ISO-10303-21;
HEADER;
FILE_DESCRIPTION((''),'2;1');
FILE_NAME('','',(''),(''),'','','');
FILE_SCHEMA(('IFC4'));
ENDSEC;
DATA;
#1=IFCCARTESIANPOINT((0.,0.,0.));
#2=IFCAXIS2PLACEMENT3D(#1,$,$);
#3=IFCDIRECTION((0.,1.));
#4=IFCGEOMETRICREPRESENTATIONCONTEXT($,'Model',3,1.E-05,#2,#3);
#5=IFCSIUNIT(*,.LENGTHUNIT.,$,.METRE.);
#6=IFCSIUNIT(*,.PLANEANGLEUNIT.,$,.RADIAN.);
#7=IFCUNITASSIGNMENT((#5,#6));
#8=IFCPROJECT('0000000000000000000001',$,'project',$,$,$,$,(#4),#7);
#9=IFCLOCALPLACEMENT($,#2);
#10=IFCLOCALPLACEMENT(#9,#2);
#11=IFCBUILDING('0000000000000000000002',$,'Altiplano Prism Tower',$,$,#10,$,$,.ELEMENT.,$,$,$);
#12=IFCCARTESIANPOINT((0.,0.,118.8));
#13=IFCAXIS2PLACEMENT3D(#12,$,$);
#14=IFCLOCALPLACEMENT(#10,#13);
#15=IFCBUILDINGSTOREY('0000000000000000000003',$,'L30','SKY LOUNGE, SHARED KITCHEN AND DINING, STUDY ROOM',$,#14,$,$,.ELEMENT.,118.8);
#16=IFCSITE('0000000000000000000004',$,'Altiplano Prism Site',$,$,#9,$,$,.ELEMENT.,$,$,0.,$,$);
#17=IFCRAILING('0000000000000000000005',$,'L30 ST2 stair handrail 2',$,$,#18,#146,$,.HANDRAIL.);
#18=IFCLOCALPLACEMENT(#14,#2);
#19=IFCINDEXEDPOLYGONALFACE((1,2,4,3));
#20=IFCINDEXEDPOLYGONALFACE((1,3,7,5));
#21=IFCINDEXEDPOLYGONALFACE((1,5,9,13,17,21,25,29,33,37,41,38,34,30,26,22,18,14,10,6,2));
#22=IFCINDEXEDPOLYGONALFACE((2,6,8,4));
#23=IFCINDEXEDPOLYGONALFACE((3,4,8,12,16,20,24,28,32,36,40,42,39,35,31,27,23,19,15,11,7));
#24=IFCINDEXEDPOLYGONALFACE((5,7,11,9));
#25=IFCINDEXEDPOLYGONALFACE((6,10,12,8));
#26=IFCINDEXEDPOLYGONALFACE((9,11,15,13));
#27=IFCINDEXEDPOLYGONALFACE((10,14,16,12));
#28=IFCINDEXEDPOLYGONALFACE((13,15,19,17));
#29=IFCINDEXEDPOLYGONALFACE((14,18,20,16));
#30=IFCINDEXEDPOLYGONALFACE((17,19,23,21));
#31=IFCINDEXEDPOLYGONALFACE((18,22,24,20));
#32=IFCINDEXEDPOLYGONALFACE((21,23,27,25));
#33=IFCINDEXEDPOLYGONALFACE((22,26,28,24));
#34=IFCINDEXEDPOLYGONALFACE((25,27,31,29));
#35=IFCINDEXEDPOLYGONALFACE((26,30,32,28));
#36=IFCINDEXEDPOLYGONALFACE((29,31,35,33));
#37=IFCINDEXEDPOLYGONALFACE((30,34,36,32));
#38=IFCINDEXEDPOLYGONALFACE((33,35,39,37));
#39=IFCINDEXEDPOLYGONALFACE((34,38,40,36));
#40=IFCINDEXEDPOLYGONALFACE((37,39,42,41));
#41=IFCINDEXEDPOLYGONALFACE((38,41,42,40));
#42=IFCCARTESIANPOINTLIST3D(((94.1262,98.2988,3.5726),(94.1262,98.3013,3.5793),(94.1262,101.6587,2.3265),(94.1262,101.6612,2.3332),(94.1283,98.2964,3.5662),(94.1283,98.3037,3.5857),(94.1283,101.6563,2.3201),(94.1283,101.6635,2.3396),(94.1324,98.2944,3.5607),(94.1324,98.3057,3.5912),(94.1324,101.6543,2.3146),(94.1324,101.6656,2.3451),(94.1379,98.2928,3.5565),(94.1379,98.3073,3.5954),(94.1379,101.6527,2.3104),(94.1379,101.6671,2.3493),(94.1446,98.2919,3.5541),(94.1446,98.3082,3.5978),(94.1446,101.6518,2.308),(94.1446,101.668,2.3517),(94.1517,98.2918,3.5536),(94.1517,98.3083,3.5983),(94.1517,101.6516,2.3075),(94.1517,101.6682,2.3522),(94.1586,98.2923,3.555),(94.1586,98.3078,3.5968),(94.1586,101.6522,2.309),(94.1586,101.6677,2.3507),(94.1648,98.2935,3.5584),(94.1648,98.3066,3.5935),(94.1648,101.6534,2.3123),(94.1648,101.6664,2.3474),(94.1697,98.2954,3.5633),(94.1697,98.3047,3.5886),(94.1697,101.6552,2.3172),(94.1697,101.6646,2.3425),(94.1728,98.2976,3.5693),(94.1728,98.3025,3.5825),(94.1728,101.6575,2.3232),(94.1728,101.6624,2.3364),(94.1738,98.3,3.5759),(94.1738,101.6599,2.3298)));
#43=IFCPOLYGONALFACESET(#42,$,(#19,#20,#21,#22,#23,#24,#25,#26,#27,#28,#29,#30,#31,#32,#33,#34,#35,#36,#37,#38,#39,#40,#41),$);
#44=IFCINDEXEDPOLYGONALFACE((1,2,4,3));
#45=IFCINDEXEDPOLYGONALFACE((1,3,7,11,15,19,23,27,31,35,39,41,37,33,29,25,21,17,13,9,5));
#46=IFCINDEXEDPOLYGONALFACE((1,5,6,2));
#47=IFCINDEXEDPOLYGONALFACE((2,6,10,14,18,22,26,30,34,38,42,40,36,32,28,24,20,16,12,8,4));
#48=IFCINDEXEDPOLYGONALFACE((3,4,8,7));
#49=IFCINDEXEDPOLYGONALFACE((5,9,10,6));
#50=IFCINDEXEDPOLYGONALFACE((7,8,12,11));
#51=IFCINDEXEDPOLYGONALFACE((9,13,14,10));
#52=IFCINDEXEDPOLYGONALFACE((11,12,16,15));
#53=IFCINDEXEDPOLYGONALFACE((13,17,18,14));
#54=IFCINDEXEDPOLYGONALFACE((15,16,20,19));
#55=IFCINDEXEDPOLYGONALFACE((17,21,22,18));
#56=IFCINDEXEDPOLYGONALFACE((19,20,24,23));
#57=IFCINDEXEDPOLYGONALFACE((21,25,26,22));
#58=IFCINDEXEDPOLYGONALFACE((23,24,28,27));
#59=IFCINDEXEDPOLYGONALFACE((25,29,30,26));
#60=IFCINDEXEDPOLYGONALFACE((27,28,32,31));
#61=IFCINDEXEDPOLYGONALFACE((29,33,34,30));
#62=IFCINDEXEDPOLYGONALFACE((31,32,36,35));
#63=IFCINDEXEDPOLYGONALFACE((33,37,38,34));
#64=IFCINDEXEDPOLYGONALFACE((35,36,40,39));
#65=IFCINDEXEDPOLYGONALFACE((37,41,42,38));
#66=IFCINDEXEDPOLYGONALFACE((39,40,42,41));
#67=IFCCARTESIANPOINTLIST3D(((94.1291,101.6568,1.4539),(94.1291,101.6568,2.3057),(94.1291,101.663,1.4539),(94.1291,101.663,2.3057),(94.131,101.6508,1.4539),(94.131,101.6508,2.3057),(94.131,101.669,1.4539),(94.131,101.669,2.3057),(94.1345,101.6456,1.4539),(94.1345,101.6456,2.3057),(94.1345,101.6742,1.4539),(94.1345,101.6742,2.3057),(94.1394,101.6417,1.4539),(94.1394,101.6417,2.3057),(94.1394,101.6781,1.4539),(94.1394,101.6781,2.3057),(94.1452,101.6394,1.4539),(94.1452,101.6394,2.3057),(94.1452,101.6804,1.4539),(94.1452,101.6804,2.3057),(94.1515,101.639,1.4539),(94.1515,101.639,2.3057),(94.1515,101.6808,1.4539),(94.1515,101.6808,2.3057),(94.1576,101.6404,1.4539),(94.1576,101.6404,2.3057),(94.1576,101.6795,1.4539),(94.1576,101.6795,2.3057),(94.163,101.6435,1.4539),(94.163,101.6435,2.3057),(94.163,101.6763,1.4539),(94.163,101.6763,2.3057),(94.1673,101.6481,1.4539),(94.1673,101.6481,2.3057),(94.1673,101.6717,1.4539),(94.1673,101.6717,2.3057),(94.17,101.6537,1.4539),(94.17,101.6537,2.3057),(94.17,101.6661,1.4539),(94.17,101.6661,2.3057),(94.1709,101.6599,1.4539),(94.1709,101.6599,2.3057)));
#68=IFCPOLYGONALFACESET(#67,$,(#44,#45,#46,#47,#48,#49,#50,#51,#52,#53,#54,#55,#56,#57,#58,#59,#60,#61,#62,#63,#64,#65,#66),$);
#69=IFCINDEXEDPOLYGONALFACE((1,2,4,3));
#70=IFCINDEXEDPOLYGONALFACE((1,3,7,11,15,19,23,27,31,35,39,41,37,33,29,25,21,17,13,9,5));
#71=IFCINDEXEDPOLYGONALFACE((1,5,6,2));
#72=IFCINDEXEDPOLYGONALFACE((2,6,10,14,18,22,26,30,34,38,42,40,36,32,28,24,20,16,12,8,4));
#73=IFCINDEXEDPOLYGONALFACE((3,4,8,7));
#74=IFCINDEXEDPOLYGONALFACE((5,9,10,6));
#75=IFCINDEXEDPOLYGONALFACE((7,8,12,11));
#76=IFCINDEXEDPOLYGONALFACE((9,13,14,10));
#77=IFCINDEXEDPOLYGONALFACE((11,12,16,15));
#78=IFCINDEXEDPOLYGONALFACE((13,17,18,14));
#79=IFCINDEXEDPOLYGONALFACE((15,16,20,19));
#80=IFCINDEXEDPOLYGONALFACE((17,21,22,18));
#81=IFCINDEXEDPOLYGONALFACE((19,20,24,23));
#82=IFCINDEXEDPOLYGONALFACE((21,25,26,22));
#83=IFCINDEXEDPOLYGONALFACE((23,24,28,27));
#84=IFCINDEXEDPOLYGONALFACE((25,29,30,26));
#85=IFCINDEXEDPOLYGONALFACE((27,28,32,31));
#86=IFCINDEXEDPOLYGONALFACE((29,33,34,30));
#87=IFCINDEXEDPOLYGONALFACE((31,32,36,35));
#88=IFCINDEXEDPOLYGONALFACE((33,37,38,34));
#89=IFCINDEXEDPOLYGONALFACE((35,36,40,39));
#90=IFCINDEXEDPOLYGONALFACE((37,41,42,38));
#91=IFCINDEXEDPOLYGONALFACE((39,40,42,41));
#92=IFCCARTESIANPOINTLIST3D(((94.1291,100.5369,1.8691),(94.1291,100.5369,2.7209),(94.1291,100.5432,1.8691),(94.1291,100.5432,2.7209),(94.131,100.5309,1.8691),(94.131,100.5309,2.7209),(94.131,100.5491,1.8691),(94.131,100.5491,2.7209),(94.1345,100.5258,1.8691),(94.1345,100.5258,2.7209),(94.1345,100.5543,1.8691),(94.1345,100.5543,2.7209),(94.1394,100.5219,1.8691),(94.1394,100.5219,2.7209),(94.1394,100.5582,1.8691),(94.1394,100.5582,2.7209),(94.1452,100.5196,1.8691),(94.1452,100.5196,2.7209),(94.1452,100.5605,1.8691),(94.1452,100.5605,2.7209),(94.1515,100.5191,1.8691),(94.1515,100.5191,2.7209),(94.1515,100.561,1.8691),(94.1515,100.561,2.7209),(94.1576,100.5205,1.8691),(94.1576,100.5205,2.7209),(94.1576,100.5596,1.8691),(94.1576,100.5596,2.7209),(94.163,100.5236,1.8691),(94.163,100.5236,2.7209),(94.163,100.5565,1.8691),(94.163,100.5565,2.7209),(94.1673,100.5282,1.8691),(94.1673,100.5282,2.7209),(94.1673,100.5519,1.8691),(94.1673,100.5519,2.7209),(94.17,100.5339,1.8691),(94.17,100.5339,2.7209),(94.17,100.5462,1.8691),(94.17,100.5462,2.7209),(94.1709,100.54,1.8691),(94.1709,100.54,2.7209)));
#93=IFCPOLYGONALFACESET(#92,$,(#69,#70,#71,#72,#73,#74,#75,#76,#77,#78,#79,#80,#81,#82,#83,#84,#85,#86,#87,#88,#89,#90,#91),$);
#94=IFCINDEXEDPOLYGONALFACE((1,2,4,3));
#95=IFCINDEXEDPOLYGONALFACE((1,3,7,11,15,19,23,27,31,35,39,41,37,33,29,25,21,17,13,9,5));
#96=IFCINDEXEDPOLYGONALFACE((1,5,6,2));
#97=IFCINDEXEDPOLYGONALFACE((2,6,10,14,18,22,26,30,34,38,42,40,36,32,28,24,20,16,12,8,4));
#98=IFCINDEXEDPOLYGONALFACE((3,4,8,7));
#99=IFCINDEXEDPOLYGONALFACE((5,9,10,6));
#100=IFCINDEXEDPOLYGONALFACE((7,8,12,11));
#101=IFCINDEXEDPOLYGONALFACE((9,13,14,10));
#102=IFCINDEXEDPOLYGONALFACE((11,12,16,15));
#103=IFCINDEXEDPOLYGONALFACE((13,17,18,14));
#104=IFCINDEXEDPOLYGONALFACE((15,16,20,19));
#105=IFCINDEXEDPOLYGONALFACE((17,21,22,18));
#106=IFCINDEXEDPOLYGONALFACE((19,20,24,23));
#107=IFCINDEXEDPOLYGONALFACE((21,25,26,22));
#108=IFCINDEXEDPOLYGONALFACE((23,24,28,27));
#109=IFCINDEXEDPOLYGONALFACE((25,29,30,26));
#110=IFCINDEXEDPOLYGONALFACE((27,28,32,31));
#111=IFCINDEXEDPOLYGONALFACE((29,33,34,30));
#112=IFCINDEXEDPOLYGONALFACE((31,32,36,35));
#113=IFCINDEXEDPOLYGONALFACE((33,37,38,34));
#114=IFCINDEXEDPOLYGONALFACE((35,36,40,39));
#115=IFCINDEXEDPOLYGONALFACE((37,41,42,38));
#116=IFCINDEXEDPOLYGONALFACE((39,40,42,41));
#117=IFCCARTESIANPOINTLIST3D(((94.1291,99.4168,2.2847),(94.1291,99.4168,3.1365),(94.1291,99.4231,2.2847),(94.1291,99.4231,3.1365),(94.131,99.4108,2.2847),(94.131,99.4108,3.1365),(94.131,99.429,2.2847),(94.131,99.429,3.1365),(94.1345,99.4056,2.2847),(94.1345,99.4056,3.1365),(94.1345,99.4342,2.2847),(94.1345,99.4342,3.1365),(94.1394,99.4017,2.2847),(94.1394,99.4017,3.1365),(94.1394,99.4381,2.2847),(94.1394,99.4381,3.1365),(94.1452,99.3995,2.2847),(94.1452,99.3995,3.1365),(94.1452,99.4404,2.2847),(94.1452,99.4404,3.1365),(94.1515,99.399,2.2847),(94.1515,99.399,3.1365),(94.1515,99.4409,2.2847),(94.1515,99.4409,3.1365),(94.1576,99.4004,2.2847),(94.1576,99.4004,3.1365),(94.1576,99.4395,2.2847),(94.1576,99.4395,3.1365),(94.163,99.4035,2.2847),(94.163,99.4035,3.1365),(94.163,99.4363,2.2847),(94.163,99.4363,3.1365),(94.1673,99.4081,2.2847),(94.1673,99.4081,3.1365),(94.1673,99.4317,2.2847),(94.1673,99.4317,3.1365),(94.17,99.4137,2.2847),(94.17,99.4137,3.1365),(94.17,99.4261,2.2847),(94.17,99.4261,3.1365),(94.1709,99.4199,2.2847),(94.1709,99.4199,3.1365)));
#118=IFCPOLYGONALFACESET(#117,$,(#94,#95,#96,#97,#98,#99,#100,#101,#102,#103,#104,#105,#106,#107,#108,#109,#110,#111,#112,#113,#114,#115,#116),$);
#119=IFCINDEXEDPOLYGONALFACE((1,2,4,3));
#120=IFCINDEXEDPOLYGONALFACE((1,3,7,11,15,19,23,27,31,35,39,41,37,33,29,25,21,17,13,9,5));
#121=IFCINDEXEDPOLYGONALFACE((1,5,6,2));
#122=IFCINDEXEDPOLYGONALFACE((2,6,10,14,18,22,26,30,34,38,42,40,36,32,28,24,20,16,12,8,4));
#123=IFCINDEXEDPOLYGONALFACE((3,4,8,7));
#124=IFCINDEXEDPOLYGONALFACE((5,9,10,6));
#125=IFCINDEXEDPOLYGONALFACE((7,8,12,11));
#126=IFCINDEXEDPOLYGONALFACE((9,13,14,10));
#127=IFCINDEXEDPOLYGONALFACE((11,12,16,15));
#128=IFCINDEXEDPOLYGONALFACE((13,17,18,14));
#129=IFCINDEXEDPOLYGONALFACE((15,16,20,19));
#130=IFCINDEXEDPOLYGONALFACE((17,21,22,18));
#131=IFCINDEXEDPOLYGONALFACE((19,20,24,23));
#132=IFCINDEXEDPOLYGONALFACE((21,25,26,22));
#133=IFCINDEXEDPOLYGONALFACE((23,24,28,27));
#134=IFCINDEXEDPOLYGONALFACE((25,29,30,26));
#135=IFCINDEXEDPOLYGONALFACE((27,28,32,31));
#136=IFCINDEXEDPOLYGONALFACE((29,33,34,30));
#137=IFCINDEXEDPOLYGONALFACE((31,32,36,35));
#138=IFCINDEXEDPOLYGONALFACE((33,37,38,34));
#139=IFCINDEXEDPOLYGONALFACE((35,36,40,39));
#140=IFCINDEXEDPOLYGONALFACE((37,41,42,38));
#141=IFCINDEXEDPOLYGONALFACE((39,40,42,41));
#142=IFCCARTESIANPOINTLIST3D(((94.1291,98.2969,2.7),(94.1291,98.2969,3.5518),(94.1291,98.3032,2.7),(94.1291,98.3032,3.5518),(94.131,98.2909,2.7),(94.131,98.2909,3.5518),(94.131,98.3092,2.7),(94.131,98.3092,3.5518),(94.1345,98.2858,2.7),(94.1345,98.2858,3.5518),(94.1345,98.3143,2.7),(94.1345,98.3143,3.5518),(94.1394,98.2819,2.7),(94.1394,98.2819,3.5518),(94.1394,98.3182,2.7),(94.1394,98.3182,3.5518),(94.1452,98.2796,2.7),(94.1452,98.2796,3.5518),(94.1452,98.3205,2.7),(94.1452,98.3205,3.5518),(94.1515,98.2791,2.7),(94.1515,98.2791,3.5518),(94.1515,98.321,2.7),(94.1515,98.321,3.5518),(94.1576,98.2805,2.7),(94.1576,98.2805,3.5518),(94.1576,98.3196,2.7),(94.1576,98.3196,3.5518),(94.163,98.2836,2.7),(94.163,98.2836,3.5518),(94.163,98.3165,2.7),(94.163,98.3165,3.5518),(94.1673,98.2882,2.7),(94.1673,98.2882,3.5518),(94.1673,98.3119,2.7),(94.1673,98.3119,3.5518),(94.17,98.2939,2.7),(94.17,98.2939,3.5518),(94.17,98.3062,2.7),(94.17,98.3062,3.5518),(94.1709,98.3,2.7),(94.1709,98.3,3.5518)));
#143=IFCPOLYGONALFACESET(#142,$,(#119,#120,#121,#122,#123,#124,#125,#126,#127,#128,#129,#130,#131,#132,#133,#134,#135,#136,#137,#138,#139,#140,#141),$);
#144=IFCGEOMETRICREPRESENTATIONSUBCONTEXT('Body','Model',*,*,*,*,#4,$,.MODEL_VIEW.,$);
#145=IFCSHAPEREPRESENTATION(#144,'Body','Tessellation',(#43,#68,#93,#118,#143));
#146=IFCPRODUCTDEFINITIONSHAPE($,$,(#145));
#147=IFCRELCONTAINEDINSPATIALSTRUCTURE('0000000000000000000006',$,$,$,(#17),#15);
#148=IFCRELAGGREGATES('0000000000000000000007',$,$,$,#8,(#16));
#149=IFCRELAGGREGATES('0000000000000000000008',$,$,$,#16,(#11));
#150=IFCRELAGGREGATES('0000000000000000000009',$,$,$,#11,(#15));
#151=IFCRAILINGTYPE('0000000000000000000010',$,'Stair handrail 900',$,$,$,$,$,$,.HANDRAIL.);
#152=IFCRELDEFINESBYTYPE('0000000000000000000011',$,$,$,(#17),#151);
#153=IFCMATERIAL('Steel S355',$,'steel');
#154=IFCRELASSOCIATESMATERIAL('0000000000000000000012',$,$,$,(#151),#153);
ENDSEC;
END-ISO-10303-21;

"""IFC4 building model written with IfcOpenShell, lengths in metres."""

from ifc_helpers import new_model, si_unit, direction, frame, origin, origin_2d, place, context, subcontext, project, spatial, circle, extrude, material, type_object, element, save


model = new_model("IFC4")

# Units and contexts
model_context = context("Model", 3, precision=1e-05, world=origin(), true_north=direction((0.0, 1.0)))
body_context = subcontext(model_context, "Body", "Model", "MODEL_VIEW")
ifc_project = project(units=[si_unit("LENGTHUNIT", "METRE"), si_unit("PLANEANGLEUNIT", "RADIAN")], contexts=[model_context])

# Site, building, storey
site_placement = place(None, origin())
site = spatial("IfcSite", under=ifc_project, at=site_placement, Name="Altiplano Prism Site", CompositionType="ELEMENT", RefElevation=0.0)
building_placement = place(site_placement, origin())
building = spatial("IfcBuilding", under=site, at=building_placement, Name="Altiplano Prism Tower", CompositionType="ELEMENT")
storey_placement = place(building_placement, frame((0.0, 0.0, 118.8)))
storey = spatial("IfcBuildingStorey", under=building, at=storey_placement, Name="L30", Description="SKY LOUNGE, SHARED KITCHEN AND DINING, STUDY ROOM", CompositionType="ELEMENT", Elevation=118.8)

# Railing
ifc_material_1 = material(Name="Steel S355", Category="steel")
railing_type_1 = type_object("IfcRailingType", Name="Stair handrail 900", PredefinedType="HANDRAIL", material=ifc_material_1)
for number, where, name in (
    (1, (94.1499, 101.6599, 1.4539), "L30 ST2 stair handrail 2"),
):
    element("IfcRailing", number, at=place(storey_placement, frame(where)), inside=storey, type_object=railing_type_1, Name=name, PredefinedType="HANDRAIL", context=body_context, shape_type="SweptSolid", body=[
        extrude(circle(Radius=0.0239, at=origin_2d()), frame((0.0, 0.0, 0.876), z_axis=(0.0, -0.937594, 0.347731), x_axis=(1.0, 0.0, 0.0)), (0.0, 0.0, 1.0), 3.5835),
        extrude(circle(Radius=0.021, at=origin_2d()), origin(), (0.0, 0.0, 1.0), 0.8518),
        extrude(circle(Radius=0.021, at=origin_2d()), frame((0.0, -1.1199, 0.4153)), (0.0, 0.0, 1.0), 0.8518),
        extrude(circle(Radius=0.021, at=origin_2d()), frame((0.0, -2.24, 0.8308)), (0.0, 0.0, 1.0), 0.8518),
        extrude(circle(Radius=0.021, at=origin_2d()), frame((0.0, -3.3599, 1.2461)), (0.0, 0.0, 1.0), 0.8518),
    ])

save(model, "model.ifc")
